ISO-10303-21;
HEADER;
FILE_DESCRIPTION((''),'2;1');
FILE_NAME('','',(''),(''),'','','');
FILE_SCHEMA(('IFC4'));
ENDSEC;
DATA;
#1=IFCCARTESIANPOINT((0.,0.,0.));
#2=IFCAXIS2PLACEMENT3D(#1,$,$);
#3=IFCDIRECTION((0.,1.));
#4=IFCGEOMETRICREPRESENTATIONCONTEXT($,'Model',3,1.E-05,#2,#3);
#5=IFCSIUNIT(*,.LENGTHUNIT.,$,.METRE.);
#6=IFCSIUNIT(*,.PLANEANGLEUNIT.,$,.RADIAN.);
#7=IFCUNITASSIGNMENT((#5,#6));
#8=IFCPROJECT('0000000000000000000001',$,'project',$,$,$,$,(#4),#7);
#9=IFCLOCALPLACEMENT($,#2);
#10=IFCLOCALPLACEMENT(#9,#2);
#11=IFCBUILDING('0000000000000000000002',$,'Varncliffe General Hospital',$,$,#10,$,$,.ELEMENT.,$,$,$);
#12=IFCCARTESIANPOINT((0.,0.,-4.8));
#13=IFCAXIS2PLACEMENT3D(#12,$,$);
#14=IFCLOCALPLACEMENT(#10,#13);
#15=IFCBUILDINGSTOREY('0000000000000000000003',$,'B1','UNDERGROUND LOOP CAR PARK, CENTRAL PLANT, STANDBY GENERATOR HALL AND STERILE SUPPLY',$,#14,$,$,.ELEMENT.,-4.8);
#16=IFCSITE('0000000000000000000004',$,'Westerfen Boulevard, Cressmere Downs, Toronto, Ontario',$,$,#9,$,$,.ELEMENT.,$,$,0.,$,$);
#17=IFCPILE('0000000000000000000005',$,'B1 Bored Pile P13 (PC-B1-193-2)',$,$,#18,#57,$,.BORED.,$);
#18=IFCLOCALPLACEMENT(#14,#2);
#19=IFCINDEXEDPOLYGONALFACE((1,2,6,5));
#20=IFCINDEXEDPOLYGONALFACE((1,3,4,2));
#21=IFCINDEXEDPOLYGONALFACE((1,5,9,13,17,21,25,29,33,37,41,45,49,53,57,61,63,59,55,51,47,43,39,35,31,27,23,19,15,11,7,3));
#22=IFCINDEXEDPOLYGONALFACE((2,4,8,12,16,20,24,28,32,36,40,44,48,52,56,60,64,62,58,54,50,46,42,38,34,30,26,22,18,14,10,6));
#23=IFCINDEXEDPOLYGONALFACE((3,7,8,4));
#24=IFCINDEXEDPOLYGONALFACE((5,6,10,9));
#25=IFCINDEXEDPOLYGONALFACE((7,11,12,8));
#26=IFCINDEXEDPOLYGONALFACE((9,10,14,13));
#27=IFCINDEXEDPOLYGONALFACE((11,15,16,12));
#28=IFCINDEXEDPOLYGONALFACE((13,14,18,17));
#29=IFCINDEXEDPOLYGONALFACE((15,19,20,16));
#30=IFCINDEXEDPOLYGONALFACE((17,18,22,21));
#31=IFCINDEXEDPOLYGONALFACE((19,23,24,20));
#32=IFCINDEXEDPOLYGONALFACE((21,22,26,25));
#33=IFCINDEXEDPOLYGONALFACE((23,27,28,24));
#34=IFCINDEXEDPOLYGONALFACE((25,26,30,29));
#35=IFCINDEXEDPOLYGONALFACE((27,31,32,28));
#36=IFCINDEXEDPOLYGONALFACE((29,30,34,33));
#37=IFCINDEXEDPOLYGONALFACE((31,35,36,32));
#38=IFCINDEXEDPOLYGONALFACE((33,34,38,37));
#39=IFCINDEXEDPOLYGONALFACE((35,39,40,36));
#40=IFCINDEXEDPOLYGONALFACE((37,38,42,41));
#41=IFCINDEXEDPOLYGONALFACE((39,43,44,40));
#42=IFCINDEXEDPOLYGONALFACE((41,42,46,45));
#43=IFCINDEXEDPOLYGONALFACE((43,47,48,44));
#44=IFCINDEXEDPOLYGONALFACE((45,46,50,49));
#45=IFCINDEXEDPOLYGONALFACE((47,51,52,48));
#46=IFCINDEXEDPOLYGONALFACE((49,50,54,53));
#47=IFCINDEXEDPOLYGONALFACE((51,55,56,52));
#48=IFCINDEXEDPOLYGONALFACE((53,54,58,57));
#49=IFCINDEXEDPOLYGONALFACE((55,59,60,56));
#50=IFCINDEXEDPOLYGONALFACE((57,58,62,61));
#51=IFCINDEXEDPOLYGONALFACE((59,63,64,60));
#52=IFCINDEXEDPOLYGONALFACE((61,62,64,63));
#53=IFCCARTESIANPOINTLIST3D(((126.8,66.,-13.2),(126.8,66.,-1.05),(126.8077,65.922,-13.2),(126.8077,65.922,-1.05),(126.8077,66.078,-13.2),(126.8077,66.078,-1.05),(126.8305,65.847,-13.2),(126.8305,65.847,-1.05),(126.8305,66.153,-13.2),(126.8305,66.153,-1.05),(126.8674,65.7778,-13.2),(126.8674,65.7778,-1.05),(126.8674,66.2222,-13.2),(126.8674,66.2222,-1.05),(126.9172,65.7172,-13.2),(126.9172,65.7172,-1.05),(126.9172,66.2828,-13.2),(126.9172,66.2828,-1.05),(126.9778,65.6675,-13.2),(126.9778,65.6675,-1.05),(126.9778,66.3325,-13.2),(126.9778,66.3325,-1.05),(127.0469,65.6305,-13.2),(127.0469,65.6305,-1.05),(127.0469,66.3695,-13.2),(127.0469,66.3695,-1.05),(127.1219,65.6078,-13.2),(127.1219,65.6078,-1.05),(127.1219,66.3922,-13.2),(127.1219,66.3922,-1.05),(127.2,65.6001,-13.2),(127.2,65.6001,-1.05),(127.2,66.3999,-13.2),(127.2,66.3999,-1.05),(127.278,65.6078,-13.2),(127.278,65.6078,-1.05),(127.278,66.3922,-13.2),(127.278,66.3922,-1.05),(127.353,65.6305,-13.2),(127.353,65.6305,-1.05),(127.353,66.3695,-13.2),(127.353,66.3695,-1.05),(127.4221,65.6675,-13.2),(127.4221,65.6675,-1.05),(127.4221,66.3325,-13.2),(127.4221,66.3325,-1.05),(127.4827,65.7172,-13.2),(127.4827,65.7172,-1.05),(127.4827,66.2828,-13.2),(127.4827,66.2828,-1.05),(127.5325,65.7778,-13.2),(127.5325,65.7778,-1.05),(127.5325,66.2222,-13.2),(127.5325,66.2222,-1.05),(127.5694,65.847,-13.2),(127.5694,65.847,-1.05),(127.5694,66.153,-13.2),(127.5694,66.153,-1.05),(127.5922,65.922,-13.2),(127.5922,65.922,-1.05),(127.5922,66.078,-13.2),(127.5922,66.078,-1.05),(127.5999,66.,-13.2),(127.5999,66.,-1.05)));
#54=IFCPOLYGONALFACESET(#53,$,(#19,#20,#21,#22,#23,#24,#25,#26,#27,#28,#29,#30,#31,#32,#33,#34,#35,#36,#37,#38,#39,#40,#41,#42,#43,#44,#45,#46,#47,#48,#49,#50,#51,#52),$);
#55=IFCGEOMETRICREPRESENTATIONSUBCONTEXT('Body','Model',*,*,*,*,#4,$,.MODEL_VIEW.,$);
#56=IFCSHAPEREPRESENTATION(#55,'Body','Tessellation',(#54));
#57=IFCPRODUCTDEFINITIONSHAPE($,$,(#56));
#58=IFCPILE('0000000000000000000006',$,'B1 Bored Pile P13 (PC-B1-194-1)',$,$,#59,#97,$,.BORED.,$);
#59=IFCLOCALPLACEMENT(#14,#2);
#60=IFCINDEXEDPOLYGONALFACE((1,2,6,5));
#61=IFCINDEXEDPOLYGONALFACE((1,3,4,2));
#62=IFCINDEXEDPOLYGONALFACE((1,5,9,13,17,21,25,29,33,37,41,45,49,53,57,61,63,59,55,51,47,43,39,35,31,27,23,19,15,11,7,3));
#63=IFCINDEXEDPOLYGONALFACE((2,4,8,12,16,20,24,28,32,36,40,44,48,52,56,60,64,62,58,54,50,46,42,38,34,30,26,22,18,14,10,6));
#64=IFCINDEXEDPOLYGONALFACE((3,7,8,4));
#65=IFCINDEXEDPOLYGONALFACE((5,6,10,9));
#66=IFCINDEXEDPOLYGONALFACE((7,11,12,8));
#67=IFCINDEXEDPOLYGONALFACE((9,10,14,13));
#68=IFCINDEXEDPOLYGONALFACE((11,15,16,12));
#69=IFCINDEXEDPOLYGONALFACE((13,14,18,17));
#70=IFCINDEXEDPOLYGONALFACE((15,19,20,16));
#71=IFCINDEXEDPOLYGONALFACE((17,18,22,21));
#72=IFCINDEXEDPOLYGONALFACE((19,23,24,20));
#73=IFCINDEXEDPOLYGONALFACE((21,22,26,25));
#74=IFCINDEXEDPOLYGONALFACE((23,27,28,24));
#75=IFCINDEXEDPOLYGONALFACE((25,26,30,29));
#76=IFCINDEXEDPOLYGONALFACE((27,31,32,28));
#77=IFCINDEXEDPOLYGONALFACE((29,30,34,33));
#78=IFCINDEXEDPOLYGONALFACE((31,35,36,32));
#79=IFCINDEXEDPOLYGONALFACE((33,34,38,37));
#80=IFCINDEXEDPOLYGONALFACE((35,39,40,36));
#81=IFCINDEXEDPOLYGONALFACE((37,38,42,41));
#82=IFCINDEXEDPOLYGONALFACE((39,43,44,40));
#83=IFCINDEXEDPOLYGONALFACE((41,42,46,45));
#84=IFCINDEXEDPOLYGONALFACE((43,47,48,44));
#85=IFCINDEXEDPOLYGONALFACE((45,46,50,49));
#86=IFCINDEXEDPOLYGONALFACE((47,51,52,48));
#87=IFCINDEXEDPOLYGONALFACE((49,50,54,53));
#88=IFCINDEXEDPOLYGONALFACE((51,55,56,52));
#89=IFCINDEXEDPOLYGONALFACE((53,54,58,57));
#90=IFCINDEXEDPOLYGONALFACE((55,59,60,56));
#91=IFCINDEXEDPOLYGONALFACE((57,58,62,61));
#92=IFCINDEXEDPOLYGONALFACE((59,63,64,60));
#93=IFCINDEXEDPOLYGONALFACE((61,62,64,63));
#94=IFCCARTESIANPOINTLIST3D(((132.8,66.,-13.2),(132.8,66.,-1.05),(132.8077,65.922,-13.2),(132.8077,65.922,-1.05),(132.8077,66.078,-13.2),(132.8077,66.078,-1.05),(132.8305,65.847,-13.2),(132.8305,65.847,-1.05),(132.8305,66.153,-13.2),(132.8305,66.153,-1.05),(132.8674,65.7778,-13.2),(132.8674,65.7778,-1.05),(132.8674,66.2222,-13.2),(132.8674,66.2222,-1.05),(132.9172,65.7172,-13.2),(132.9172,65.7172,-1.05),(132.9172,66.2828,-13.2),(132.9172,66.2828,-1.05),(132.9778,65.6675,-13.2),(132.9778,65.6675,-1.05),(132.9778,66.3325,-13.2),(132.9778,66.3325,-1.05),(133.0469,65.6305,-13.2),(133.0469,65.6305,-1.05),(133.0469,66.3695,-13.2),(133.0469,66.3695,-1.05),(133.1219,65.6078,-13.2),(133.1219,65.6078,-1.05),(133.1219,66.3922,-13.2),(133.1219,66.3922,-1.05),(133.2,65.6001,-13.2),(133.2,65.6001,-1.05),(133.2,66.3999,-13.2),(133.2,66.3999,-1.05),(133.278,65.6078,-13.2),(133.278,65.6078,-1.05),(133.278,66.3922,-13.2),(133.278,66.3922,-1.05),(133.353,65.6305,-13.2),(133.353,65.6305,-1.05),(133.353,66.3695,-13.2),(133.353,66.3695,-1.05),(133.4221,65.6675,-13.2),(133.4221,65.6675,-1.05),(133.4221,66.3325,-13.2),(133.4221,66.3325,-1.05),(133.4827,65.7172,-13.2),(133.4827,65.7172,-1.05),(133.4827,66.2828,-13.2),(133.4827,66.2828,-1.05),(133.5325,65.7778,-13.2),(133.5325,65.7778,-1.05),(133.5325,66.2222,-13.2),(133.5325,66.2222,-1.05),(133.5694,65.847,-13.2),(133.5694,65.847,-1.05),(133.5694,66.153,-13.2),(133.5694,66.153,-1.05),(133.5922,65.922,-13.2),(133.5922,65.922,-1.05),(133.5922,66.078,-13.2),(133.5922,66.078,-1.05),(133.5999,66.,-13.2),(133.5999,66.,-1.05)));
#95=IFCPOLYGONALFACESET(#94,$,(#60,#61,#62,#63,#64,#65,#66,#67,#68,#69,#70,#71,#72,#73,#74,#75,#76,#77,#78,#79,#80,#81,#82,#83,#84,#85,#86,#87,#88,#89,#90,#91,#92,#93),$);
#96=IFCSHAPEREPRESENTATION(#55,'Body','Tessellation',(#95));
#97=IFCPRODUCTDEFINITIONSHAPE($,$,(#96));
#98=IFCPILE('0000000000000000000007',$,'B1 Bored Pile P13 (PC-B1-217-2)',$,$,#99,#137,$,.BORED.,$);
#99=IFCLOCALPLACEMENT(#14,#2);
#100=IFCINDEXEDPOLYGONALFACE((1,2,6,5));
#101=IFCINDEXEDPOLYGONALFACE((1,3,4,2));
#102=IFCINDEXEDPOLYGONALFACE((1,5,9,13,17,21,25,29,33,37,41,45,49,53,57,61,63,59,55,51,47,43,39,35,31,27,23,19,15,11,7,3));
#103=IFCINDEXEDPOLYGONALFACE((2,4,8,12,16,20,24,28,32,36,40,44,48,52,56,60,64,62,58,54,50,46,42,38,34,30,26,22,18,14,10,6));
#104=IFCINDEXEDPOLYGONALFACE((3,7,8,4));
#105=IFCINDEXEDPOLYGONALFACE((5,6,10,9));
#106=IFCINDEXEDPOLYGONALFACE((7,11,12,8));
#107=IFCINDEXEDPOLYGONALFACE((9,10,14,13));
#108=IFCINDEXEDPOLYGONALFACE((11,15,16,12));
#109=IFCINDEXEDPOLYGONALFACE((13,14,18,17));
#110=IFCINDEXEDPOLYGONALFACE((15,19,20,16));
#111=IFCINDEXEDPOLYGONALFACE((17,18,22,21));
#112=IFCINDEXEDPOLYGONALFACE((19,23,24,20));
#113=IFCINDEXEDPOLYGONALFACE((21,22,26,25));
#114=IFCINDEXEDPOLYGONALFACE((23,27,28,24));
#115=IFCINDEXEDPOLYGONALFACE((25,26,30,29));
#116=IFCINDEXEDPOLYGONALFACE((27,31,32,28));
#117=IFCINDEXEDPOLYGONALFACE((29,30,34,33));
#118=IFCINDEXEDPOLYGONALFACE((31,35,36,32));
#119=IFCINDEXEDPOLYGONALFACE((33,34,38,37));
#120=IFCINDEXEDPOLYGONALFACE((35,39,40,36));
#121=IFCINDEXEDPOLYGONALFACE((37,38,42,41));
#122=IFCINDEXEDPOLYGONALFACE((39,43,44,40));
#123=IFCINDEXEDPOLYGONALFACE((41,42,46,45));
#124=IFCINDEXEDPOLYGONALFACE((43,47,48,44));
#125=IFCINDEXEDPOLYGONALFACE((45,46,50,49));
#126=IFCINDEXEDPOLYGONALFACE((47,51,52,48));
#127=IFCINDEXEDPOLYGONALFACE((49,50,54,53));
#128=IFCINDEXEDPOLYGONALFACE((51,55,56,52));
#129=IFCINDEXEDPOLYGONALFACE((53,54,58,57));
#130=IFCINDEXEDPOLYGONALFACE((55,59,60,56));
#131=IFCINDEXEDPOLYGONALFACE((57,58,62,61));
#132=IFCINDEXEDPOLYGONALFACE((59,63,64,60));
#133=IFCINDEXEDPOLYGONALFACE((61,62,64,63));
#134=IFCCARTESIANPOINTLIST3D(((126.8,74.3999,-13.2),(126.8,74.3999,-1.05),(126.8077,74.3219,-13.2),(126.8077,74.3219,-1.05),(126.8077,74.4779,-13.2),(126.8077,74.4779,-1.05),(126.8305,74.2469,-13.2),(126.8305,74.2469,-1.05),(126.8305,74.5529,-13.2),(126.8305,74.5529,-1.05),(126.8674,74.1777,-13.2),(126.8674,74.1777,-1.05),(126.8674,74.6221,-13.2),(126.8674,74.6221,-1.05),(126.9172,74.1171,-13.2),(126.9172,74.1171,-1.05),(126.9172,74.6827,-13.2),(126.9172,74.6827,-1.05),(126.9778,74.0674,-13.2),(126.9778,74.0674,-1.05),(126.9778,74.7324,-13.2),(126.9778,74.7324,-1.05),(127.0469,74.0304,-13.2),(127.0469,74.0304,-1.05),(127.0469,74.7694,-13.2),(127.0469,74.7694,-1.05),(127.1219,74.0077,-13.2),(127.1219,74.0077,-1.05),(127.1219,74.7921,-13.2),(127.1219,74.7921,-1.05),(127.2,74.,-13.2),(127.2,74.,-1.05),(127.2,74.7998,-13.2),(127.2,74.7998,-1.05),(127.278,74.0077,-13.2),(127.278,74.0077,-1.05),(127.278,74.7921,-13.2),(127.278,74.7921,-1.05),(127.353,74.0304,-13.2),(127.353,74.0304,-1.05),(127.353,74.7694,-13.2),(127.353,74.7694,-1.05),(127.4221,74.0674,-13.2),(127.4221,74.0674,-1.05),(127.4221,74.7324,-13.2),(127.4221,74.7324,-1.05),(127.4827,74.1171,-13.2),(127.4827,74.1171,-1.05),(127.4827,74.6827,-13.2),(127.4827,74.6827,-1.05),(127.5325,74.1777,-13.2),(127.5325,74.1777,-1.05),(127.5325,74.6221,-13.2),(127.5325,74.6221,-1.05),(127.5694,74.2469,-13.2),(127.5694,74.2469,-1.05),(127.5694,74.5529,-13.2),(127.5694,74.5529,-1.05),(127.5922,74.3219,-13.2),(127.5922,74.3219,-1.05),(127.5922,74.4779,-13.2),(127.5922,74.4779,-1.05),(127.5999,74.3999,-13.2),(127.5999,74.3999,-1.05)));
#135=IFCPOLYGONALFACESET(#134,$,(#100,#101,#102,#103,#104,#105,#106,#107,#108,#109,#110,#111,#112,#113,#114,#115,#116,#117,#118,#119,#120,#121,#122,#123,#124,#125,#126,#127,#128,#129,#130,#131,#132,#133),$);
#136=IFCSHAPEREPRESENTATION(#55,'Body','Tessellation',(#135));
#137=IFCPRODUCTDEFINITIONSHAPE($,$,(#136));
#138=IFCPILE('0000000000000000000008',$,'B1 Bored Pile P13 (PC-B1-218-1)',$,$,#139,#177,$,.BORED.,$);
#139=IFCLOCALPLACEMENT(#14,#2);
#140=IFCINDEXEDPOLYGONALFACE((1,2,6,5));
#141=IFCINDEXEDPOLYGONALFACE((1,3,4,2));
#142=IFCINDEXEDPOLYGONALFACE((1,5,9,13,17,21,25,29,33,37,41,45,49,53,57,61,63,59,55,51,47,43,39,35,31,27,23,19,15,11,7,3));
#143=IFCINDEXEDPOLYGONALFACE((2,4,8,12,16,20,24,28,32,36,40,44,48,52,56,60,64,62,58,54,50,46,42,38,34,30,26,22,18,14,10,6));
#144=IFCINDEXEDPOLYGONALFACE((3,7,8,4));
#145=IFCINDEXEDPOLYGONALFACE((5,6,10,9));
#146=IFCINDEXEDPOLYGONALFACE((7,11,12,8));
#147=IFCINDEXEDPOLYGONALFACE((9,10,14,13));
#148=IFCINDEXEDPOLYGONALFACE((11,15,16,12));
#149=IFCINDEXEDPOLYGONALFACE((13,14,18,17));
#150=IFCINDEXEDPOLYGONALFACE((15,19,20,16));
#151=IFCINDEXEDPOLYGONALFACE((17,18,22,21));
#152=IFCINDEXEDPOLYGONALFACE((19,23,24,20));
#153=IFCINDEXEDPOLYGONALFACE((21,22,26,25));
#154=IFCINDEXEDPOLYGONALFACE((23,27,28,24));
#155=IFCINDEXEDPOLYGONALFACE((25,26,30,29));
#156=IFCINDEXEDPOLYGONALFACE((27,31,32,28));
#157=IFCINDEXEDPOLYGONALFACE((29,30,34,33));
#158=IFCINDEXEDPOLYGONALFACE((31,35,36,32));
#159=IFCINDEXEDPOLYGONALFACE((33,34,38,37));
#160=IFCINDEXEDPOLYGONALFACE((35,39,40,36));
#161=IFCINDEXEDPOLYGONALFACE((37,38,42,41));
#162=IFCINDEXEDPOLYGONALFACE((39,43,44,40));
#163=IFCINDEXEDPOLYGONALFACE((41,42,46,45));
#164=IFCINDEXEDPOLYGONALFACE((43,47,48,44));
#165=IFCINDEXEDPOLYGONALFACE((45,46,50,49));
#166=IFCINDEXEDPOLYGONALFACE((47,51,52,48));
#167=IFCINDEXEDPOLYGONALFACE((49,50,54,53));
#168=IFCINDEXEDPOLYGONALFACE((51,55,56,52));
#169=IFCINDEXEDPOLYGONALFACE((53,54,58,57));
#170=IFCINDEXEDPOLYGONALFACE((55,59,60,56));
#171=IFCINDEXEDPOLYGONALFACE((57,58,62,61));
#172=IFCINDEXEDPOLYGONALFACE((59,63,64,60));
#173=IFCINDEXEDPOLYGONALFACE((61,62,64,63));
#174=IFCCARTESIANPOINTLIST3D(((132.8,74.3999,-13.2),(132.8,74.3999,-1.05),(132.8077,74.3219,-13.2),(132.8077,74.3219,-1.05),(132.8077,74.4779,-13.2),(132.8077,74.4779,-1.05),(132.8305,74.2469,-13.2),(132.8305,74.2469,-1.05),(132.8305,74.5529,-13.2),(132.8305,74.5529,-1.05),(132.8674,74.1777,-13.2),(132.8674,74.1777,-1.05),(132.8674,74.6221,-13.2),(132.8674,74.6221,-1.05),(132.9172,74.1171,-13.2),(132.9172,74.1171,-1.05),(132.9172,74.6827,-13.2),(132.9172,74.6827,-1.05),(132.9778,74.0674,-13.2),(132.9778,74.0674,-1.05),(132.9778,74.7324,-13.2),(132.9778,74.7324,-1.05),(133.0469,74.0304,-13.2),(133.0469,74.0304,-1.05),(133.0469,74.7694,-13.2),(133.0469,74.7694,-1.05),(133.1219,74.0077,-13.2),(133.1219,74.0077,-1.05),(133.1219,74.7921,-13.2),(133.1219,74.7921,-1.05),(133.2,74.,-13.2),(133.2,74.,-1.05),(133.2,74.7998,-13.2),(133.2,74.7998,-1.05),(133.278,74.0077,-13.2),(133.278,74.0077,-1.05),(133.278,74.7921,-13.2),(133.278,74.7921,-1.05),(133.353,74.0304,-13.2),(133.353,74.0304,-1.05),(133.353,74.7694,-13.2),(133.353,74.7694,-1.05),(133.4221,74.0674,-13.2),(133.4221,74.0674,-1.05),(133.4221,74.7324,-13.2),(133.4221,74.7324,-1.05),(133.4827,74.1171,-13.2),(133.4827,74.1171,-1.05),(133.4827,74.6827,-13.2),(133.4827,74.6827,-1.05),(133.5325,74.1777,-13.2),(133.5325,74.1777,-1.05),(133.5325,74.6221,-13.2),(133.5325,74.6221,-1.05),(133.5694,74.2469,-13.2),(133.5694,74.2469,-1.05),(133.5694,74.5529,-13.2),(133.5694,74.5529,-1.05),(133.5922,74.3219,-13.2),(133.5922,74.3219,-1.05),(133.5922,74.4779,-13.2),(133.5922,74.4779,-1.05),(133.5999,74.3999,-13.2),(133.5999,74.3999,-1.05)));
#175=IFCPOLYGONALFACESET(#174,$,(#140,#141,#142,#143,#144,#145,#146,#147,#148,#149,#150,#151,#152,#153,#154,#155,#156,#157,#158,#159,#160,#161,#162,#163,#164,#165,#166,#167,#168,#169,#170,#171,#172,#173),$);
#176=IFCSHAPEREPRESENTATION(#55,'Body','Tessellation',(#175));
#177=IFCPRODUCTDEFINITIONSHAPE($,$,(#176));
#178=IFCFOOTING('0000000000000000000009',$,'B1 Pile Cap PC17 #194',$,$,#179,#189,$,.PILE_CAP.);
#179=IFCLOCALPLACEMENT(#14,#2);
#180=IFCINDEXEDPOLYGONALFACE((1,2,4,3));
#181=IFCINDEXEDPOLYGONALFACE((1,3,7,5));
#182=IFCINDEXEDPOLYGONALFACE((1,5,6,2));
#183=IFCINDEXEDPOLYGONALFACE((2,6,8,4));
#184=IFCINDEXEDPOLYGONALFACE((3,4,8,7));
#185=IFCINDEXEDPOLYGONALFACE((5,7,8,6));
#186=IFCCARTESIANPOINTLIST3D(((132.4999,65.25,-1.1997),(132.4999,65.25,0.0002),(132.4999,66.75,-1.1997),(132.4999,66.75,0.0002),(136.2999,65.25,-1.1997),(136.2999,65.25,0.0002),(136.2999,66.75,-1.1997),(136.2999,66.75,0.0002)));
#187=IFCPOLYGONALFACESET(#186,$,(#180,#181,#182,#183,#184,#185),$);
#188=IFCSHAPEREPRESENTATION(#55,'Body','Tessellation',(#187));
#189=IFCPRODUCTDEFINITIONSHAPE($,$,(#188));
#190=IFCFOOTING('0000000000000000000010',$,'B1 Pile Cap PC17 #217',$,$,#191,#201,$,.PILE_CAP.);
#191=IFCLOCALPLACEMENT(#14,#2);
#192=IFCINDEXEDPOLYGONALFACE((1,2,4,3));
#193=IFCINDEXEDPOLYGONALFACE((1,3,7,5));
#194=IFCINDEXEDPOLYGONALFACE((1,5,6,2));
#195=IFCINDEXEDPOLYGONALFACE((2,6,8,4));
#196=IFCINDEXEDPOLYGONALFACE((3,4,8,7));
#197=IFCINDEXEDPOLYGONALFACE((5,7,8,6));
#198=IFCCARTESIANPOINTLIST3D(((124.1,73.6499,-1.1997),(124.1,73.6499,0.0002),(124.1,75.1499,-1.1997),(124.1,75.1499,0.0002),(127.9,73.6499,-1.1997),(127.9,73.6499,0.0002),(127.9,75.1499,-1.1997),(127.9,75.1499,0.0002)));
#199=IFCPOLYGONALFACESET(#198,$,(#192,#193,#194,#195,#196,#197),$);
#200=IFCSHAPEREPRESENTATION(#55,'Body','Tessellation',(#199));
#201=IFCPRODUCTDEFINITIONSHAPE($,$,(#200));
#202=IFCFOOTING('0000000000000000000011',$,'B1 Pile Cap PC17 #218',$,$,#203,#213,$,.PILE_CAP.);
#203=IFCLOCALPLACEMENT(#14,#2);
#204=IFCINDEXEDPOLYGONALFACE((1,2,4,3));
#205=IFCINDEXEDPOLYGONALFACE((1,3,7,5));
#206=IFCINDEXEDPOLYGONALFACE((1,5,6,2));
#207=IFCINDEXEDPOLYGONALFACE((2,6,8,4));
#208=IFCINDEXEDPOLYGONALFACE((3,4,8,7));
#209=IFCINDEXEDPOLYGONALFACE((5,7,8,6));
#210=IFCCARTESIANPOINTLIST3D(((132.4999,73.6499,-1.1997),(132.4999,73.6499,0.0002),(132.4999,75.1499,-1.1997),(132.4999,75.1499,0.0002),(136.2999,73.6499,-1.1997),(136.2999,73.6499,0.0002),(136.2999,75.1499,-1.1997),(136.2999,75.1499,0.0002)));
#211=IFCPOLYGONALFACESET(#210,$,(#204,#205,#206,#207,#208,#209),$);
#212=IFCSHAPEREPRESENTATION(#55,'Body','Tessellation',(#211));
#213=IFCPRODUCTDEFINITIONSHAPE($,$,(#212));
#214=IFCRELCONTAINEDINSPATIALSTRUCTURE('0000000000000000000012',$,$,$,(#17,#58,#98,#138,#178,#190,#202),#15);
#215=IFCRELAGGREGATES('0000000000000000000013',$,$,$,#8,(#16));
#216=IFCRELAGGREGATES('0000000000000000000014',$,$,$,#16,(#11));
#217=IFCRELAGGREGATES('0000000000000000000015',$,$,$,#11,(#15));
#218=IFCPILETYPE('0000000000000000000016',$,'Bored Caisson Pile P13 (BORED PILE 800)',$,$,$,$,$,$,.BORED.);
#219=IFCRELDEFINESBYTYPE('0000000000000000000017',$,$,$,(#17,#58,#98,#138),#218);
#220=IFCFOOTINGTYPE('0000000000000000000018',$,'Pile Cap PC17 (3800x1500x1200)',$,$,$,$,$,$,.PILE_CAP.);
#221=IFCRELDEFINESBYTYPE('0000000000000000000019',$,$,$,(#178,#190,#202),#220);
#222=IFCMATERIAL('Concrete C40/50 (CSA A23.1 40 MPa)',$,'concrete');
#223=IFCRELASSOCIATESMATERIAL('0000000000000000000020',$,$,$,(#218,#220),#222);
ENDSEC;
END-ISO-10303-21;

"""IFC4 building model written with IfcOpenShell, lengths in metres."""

from ifc_helpers import new_model, si_unit, direction, frame, origin, origin_2d, place, context, subcontext, project, spatial, rectangle, circle, extrude, material, material_profile, profile_set, type_object, element, save


model = new_model("IFC4")

# Units and contexts
model_context = context("Model", 3, precision=1e-05, world=origin(), true_north=direction((0.0, 1.0)))
body_context = subcontext(model_context, "Body", "Model", "MODEL_VIEW")
ifc_project = project(units=[si_unit("LENGTHUNIT", "METRE"), si_unit("PLANEANGLEUNIT", "RADIAN")], contexts=[model_context])

# Site, building, storey
site_placement = place(None, origin())
site = spatial("IfcSite", under=ifc_project, at=site_placement, Name="Westerfen Boulevard, Cressmere Downs, Toronto, Ontario", CompositionType="ELEMENT", RefElevation=0.0)
building_placement = place(site_placement, origin())
building = spatial("IfcBuilding", under=site, at=building_placement, Name="Varncliffe General Hospital", CompositionType="ELEMENT")
storey_placement = place(building_placement, frame((0.0, 0.0, -4.8)))
storey = spatial("IfcBuildingStorey", under=building, at=storey_placement, Name="B1", Description="UNDERGROUND LOOP CAR PARK, CENTRAL PLANT, STANDBY GENERATOR HALL AND STERILE SUPPLY", CompositionType="ELEMENT", Elevation=-4.8)

# Piles
ifc_material_1 = material(Name="Concrete C40/50 (CSA A23.1 40 MPa)", Category="concrete")
ifc_material_profile_1 = material_profile(ifc_material_1, circle(Radius=0.3999, at=origin_2d()), Name="BORED PILE 800")
ifc_profile_set_1 = profile_set([ifc_material_profile_1], Name="Concrete C40/50 (CSA A23.1 40 MPa)")
pile_type = type_object("IfcPileType", Name="Bored Caisson Pile P13 (BORED PILE 800)", PredefinedType="BORED", material=ifc_profile_set_1)
for number, where, z_axis, x_axis, name in (
    (1, (127.2, 66.0, -1.05), (0.0, 0.0, -1.0), (1.0, 0.0, 0.0), "B1 Bored Pile P13 (PC-B1-193-2)"),
    (2, (133.2, 66.0, -1.05), (0.0, 0.0, -1.0), (1.0, 0.0, 0.0), "B1 Bored Pile P13 (PC-B1-194-1)"),
    (3, (127.2, 74.3999, -1.05), (0.0, 0.0, -1.0), (1.0, 0.0, 0.0), "B1 Bored Pile P13 (PC-B1-217-2)"),
    (4, (133.2, 74.3999, -1.05), (0.0, 0.0, -1.0), (1.0, 0.0, 0.0), "B1 Bored Pile P13 (PC-B1-218-1)"),
):
    element("IfcPile", number, at=place(storey_placement, frame(where, z_axis=z_axis, x_axis=x_axis)), inside=storey, type_object=pile_type, Name=name, PredefinedType="BORED", context=body_context, shape_type="SweptSolid", body=[
        extrude(circle(Radius=0.3999, at=origin_2d()), origin(), (0.0, 0.0, 1.0), 12.1499),
    ])

# Footings
footing_type_1 = type_object("IfcFootingType", Name="Pile Cap PC17 (3800x1500x1200)", PredefinedType="PILE_CAP", material=ifc_material_1)
for number, where, z_axis, x_axis, name in (
    (5, (134.3999, 66.0, -1.1997), (0.0, 0.0, 1.0), (1.0, 0.0, 0.0), "B1 Pile Cap PC17 #194"),
    (6, (126.0, 74.3999, -1.1997), (0.0, 0.0, 1.0), (1.0, 0.0, 0.0), "B1 Pile Cap PC17 #217"),
    (7, (134.3999, 74.3999, -1.1997), (0.0, 0.0, 1.0), (1.0, 0.0, 0.0), "B1 Pile Cap PC17 #218"),
):
    element("IfcFooting", number, at=place(storey_placement, frame(where, z_axis=z_axis, x_axis=x_axis)), inside=storey, type_object=footing_type_1, Name=name, PredefinedType="PILE_CAP", context=body_context, shape_type="SweptSolid", body=[
        extrude(rectangle(XDim=3.8, YDim=1.5, at=origin_2d()), origin(), (0.0, 0.0, 1.0), 1.2),
    ])

save(model, "model.ifc")
